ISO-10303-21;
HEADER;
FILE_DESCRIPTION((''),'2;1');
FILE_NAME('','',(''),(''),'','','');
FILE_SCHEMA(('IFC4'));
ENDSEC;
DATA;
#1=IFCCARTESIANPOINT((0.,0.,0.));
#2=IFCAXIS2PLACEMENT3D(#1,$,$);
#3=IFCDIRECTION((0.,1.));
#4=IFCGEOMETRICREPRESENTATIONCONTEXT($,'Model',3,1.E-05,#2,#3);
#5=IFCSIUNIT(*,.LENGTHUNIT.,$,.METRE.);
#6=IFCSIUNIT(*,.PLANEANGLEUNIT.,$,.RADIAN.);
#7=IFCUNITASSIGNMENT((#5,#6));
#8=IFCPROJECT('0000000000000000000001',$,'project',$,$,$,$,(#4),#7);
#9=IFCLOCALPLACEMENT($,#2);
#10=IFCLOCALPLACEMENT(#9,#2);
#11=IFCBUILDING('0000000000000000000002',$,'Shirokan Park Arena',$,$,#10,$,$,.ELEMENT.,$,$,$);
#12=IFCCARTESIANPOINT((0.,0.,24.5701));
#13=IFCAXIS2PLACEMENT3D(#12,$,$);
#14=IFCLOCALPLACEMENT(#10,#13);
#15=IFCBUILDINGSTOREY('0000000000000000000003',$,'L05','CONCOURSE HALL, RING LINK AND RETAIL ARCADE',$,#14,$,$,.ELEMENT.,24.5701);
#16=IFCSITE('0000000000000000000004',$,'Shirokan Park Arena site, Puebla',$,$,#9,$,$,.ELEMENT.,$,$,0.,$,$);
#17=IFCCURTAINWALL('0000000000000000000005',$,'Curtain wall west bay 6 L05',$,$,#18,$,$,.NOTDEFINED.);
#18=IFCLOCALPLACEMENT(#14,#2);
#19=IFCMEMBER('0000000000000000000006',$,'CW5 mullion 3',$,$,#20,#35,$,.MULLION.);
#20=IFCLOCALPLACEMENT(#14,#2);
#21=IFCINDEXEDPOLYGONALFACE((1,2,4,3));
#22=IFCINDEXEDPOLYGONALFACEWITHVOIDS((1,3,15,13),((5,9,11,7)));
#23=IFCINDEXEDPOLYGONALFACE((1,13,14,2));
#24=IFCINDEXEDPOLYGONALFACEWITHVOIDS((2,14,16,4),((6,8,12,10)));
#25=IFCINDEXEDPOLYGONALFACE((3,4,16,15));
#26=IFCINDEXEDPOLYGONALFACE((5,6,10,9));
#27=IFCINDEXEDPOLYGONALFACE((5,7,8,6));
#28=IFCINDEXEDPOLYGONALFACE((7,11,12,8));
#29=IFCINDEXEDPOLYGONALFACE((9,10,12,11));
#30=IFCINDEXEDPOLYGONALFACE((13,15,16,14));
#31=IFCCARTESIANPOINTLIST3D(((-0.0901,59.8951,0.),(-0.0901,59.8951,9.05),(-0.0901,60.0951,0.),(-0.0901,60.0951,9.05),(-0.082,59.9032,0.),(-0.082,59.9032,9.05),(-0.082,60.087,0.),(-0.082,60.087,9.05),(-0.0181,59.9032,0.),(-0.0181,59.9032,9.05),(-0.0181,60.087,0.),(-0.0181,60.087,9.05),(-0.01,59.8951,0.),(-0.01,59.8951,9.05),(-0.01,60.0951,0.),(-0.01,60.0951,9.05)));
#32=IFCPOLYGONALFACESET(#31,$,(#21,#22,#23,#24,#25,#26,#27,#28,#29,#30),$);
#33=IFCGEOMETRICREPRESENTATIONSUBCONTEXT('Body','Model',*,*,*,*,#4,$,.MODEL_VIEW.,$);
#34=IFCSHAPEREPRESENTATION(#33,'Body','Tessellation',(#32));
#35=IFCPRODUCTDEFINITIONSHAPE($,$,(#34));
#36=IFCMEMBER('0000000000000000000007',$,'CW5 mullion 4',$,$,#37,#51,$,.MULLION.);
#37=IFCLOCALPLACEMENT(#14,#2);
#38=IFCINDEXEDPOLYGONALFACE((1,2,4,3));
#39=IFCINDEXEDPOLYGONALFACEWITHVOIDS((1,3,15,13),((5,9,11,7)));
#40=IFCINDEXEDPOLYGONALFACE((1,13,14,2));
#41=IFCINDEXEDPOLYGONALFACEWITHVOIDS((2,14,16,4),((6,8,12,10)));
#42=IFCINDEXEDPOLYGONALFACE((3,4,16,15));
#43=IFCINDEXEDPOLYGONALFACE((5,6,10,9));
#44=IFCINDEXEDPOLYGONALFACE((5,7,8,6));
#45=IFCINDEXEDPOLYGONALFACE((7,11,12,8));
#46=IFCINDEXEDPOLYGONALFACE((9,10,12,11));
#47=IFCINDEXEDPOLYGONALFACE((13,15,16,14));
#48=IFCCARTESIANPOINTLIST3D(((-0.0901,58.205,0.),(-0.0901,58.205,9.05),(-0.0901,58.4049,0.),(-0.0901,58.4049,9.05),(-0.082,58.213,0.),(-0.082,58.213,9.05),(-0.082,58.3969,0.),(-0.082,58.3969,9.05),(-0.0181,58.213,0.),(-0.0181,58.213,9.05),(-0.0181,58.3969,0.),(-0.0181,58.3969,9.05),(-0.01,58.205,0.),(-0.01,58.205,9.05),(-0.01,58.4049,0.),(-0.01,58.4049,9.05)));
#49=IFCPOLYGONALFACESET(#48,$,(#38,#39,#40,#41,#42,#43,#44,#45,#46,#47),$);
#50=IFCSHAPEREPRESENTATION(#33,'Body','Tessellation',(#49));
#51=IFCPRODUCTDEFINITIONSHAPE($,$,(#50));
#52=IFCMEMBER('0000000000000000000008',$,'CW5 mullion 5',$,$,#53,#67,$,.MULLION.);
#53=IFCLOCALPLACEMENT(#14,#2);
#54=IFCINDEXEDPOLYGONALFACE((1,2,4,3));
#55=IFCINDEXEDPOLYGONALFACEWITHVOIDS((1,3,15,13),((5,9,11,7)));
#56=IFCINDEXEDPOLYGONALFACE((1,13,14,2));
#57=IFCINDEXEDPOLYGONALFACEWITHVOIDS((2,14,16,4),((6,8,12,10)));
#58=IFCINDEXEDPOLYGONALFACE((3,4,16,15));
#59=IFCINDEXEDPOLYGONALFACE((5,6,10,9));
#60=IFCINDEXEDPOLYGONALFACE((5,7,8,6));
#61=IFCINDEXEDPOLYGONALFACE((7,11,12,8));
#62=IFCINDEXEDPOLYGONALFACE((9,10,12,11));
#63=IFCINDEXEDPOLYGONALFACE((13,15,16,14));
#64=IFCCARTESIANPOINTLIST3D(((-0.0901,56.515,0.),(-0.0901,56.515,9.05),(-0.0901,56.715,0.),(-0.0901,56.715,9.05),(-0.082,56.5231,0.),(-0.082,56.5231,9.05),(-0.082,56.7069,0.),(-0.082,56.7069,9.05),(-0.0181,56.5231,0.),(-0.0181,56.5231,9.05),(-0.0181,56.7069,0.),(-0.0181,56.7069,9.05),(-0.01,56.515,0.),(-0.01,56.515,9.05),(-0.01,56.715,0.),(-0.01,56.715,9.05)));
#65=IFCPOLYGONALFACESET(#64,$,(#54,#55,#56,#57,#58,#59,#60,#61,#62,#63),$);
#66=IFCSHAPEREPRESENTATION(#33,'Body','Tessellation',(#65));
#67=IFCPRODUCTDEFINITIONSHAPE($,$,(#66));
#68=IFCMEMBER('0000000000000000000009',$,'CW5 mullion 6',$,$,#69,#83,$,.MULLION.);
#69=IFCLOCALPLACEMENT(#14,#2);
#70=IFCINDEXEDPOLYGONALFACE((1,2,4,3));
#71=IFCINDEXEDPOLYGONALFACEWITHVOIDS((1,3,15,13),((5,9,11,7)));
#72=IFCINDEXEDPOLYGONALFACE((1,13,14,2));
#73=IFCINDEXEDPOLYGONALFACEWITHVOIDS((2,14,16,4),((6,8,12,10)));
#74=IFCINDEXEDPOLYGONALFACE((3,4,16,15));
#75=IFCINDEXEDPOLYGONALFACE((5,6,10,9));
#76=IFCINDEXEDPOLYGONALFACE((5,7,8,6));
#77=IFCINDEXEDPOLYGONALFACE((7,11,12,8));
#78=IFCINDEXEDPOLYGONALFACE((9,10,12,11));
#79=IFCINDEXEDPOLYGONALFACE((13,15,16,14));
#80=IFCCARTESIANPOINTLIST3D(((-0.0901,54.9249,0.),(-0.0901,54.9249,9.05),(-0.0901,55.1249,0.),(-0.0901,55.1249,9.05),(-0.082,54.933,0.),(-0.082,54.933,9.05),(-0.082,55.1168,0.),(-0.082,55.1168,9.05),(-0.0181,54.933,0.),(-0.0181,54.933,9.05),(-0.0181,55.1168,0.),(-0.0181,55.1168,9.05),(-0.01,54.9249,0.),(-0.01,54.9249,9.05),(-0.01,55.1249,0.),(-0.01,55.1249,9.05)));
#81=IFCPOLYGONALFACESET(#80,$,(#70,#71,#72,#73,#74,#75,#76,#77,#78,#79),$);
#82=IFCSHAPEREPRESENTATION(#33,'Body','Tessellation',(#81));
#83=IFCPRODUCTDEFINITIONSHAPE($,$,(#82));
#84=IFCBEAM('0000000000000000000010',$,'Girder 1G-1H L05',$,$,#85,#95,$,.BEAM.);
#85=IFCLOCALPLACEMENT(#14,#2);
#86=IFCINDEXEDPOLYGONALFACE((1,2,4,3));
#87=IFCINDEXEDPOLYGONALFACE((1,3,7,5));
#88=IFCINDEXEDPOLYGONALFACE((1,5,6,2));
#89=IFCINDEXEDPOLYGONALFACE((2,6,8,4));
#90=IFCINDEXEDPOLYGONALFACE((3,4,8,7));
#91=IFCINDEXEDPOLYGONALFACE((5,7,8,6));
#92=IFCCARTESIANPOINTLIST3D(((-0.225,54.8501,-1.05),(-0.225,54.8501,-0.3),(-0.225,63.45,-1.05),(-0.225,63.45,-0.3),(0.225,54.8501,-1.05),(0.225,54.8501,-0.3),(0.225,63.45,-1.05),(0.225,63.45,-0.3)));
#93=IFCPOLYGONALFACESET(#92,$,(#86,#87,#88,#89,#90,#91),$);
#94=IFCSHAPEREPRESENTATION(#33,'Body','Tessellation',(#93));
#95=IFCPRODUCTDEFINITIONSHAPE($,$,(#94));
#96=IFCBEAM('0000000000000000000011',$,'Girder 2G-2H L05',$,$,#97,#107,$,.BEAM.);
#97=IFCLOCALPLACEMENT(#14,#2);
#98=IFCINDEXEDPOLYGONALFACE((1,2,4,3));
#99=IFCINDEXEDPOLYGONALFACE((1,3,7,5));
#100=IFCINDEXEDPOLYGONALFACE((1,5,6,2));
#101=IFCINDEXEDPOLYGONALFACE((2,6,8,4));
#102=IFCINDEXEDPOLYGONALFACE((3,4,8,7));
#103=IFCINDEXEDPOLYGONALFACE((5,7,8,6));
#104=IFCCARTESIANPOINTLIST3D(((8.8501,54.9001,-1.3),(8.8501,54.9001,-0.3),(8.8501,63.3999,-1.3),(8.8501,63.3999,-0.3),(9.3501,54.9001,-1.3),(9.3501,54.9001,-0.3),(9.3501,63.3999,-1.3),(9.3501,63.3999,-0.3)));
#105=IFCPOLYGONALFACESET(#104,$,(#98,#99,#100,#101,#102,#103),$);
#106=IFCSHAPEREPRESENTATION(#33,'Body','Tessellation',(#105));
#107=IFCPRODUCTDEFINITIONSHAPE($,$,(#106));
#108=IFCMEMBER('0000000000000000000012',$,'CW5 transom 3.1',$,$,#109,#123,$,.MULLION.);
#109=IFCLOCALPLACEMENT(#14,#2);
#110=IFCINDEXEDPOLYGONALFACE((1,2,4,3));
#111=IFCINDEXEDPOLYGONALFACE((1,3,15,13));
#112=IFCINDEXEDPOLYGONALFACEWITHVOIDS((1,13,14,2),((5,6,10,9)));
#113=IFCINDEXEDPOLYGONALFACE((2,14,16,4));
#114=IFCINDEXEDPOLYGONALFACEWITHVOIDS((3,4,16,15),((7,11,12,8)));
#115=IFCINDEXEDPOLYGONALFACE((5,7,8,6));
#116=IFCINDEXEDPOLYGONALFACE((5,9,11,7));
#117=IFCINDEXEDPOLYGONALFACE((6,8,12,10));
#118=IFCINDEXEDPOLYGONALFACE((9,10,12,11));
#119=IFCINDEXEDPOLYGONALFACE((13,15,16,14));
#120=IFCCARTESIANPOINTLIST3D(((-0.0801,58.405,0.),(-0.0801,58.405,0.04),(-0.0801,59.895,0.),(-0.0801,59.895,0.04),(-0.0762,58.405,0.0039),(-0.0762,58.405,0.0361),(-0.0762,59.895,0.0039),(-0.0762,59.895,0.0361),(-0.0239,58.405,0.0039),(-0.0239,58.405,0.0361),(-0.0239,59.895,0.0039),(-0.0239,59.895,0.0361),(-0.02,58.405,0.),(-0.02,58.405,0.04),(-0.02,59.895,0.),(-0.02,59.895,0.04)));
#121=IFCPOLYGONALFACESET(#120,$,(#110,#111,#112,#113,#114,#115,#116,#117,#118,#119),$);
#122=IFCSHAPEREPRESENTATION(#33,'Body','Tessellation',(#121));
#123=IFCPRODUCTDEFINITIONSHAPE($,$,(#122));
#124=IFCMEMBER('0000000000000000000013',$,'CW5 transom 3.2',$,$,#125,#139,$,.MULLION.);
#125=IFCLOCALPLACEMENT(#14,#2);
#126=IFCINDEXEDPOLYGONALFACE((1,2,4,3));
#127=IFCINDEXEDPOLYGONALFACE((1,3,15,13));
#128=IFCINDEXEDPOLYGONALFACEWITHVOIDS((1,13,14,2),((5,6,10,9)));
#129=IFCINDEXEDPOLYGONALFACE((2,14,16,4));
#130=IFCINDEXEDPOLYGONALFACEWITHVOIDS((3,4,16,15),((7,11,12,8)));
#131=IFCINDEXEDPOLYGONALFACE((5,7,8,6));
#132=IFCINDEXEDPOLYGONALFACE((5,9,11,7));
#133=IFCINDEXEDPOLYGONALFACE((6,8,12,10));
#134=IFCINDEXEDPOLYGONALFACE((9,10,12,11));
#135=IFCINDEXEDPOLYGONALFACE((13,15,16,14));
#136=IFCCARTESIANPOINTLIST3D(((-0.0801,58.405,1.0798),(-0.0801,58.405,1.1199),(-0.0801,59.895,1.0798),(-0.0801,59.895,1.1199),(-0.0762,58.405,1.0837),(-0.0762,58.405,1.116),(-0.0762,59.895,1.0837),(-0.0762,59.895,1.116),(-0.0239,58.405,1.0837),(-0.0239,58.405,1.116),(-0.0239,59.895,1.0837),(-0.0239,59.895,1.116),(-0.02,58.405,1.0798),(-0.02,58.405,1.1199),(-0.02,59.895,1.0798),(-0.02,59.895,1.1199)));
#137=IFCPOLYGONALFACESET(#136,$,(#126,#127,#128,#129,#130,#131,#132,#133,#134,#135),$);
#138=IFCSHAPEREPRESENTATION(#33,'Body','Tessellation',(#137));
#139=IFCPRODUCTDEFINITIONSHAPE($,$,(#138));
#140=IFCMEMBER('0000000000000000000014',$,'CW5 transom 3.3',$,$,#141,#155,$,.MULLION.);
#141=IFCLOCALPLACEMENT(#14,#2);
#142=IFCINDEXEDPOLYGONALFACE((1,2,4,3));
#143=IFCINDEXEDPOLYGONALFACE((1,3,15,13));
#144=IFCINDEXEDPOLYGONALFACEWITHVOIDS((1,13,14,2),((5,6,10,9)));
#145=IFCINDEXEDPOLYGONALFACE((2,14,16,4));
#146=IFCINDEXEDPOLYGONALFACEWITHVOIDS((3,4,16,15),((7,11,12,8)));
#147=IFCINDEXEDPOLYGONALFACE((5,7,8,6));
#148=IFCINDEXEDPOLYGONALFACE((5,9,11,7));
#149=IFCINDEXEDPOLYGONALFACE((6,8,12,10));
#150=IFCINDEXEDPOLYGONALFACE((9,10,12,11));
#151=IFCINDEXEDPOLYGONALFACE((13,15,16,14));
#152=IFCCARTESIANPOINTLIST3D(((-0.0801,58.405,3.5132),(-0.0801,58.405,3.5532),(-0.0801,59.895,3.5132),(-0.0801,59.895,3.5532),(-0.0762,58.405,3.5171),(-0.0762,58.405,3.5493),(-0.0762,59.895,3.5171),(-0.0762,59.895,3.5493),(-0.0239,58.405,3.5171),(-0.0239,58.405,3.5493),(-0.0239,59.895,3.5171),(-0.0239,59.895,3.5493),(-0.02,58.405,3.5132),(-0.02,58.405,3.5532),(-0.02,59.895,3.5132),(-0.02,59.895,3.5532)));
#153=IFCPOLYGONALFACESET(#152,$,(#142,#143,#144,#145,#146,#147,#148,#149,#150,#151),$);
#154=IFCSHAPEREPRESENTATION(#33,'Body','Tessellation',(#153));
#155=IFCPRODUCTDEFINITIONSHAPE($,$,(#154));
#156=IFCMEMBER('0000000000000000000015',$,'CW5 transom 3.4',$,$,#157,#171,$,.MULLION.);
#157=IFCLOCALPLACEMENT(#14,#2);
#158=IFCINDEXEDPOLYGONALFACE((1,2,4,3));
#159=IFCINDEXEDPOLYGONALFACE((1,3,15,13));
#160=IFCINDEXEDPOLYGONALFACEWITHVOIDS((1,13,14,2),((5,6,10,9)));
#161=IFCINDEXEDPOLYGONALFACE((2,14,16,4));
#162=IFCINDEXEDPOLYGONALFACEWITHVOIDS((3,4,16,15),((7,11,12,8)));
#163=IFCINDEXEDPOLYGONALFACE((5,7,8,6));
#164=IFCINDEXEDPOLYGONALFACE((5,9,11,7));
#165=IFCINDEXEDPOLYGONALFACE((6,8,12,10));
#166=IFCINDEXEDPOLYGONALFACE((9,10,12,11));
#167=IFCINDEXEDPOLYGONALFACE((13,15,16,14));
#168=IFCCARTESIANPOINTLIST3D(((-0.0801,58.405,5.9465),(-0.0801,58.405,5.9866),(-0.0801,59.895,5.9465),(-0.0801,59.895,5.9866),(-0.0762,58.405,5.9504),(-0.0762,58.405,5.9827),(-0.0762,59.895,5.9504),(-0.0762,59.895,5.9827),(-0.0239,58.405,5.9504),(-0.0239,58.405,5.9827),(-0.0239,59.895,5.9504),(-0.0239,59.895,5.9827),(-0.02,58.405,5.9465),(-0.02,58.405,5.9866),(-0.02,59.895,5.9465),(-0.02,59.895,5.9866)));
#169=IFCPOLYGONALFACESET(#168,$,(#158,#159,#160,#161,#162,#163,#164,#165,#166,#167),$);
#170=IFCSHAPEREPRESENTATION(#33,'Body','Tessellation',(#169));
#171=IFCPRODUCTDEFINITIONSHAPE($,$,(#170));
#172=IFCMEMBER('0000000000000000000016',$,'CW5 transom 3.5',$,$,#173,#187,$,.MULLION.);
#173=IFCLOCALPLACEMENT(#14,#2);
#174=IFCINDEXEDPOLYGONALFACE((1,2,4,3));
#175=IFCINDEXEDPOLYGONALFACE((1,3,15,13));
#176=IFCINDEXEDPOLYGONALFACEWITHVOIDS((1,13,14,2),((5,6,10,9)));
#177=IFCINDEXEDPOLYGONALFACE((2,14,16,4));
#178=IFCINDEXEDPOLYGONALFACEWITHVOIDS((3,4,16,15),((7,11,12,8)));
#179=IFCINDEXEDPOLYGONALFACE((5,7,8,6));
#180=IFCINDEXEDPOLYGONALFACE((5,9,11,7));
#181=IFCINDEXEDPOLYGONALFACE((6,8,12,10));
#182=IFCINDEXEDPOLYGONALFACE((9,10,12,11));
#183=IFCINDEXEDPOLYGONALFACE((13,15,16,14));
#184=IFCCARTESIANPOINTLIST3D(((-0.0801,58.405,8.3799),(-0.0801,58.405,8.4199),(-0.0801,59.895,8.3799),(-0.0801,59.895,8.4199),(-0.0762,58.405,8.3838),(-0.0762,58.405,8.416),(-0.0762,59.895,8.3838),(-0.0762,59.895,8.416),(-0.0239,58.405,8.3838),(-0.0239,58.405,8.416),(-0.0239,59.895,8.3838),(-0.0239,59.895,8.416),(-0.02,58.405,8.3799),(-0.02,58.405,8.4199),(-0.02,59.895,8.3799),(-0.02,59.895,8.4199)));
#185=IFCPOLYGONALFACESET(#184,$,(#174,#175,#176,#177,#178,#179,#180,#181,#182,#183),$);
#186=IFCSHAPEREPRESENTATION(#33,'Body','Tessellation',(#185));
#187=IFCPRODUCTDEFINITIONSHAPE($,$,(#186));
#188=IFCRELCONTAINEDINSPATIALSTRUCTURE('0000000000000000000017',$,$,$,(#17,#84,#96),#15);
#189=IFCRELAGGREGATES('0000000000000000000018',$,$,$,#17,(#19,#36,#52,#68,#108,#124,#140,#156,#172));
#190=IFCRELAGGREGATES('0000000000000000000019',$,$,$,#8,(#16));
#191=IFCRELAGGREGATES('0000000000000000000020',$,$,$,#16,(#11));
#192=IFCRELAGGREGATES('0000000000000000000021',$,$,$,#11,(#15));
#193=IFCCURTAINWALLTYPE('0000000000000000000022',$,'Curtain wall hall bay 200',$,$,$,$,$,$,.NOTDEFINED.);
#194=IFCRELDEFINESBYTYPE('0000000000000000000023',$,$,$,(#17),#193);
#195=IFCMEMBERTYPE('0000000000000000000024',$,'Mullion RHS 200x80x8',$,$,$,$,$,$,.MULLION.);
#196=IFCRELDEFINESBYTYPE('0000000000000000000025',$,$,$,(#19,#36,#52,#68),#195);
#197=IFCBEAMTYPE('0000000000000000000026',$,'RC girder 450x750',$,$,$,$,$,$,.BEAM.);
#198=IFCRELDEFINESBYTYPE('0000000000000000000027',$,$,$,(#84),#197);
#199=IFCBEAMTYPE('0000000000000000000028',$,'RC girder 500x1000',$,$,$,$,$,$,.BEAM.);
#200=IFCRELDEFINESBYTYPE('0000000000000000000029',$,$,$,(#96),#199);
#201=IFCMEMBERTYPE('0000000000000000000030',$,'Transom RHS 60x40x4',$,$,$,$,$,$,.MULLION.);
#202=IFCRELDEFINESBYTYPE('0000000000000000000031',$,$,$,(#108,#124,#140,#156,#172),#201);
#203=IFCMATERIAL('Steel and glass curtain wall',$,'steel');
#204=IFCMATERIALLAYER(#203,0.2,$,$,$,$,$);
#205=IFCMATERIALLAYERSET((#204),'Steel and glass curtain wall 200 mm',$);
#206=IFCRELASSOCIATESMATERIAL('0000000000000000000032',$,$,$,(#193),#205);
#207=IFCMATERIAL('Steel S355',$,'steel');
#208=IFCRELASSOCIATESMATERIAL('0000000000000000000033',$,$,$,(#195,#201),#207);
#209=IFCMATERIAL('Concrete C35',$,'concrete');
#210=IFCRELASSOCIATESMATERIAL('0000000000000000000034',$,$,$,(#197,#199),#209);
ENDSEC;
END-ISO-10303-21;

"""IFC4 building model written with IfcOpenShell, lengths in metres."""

from ifc_helpers import new_model, si_unit, direction, frame, origin, origin_2d, place, context, subcontext, project, spatial, rectangle, hollow_rectangle, extrude, material, layer, layer_set, material_profile, profile_set, type_object, element, aggregate, save


model = new_model("IFC4")

# Units and contexts
model_context = context("Model", 3, precision=1e-05, world=origin(), true_north=direction((0.0, 1.0)))
body_context = subcontext(model_context, "Body", "Model", "MODEL_VIEW")
ifc_project = project(units=[si_unit("LENGTHUNIT", "METRE"), si_unit("PLANEANGLEUNIT", "RADIAN")], contexts=[model_context])

# Site, building, storey
site_placement = place(None, origin())
site = spatial("IfcSite", under=ifc_project, at=site_placement, Name="Shirokan Park Arena site, Puebla", CompositionType="ELEMENT", RefElevation=0.0)
building_placement = place(site_placement, origin())
building = spatial("IfcBuilding", under=site, at=building_placement, Name="Shirokan Park Arena", CompositionType="ELEMENT")
storey_placement = place(building_placement, frame((0.0, 0.0, 24.5701)))
storey = spatial("IfcBuildingStorey", under=building, at=storey_placement, Name="L05", Description="CONCOURSE HALL, RING LINK AND RETAIL ARCADE", CompositionType="ELEMENT", Elevation=24.5701)

# Curtain wall, members
ifc_material_1 = material(Name="Steel and glass curtain wall", Category="steel")
ifc_layer_1 = layer(ifc_material_1, 0.2)
ifc_layer_set_1 = layer_set([ifc_layer_1], Name="Steel and glass curtain wall 200 mm")
curtain_wall_type = type_object("IfcCurtainWallType", Name="Curtain wall hall bay 200", PredefinedType="NOTDEFINED", material=ifc_layer_set_1)
curtain_wall_placement = place(storey_placement, origin())
curtain_wall = element("IfcCurtainWall", 1, at=curtain_wall_placement, inside=storey, type_object=curtain_wall_type, Name="Curtain wall west bay 6 L05", PredefinedType="NOTDEFINED")
ifc_material_2 = material(Name="Steel S355", Category="steel")
ifc_material_profile_1 = material_profile(ifc_material_2, hollow_rectangle(XDim=0.0801, YDim=0.2, WallThickness=0.0081, at=origin_2d()), Name="RHS 200x80x8")
ifc_profile_set_1 = profile_set([ifc_material_profile_1], Name="Steel S355")
member_type_1 = type_object("IfcMemberType", Name="Mullion RHS 200x80x8", PredefinedType="MULLION", material=ifc_profile_set_1)
member_1_placement = place(storey_placement, frame((-0.05, 59.9951, 0.0), z_axis=(0.0, 0.0, 1.0), x_axis=(1.0, 0.0, 0.0)))
member_1 = element("IfcMember", 2, at=member_1_placement, type_object=member_type_1, Name="CW5 mullion 3", PredefinedType="MULLION", context=body_context, shape_type="SweptSolid", body=[
    extrude(hollow_rectangle(XDim=0.0801, YDim=0.2, WallThickness=0.0081, at=origin_2d()), origin(), (0.0, 0.0, 1.0), 9.05),
])
member_2_placement = place(storey_placement, frame((-0.05, 58.3049, 0.0), z_axis=(0.0, 0.0, 1.0), x_axis=(1.0, 0.0, 0.0)))
member_2 = element("IfcMember", 3, at=member_2_placement, type_object=member_type_1, Name="CW5 mullion 4", PredefinedType="MULLION", context=body_context, shape_type="SweptSolid", body=[
    extrude(hollow_rectangle(XDim=0.0801, YDim=0.2, WallThickness=0.0081, at=origin_2d()), origin(), (0.0, 0.0, 1.0), 9.05),
])
member_3_placement = place(storey_placement, frame((-0.05, 56.615, 0.0), z_axis=(0.0, 0.0, 1.0), x_axis=(1.0, 0.0, 0.0)))
member_3 = element("IfcMember", 4, at=member_3_placement, type_object=member_type_1, Name="CW5 mullion 5", PredefinedType="MULLION", context=body_context, shape_type="SweptSolid", body=[
    extrude(hollow_rectangle(XDim=0.0801, YDim=0.2, WallThickness=0.0081, at=origin_2d()), origin(), (0.0, 0.0, 1.0), 9.05),
])
member_4_placement = place(storey_placement, frame((-0.05, 55.0249, 0.0), z_axis=(0.0, 0.0, 1.0), x_axis=(1.0, 0.0, 0.0)))
member_4 = element("IfcMember", 5, at=member_4_placement, type_object=member_type_1, Name="CW5 mullion 6", PredefinedType="MULLION", context=body_context, shape_type="SweptSolid", body=[
    extrude(hollow_rectangle(XDim=0.0801, YDim=0.2, WallThickness=0.0081, at=origin_2d()), origin(), (0.0, 0.0, 1.0), 9.05),
])

# Beams
ifc_material_3 = material(Name="Concrete C35", Category="concrete")
ifc_material_profile_2 = material_profile(ifc_material_3, rectangle(XDim=0.45, YDim=0.75, at=origin_2d()), Name="450x750")
ifc_profile_set_2 = profile_set([ifc_material_profile_2], Name="Concrete C35")
beam_type_1 = type_object("IfcBeamType", Name="RC girder 450x750", PredefinedType="BEAM", material=ifc_profile_set_2)
beam_1_placement = place(storey_placement, frame((0.0, 54.8501, -0.675), z_axis=(0.0, 1.0, 0.0), x_axis=(-1.0, 0.0, 0.0)))
element("IfcBeam", 6, at=beam_1_placement, inside=storey, type_object=beam_type_1, Name="Girder 1G-1H L05", PredefinedType="BEAM", context=body_context, shape_type="SweptSolid", body=[
    extrude(rectangle(XDim=0.45, YDim=0.75, at=origin_2d()), origin(), (0.0, 0.0, 1.0), 8.5999),
])
ifc_material_profile_3 = material_profile(ifc_material_3, rectangle(XDim=0.5, YDim=1.0, at=origin_2d()), Name="500x1000")
ifc_profile_set_3 = profile_set([ifc_material_profile_3], Name="Concrete C35")
beam_type_2 = type_object("IfcBeamType", Name="RC girder 500x1000", PredefinedType="BEAM", material=ifc_profile_set_3)
beam_2_placement = place(storey_placement, frame((9.1001, 54.9001, -0.8), z_axis=(0.0, 1.0, 0.0), x_axis=(-1.0, 0.0, 0.0)))
element("IfcBeam", 7, at=beam_2_placement, inside=storey, type_object=beam_type_2, Name="Girder 2G-2H L05", PredefinedType="BEAM", context=body_context, shape_type="SweptSolid", body=[
    extrude(rectangle(XDim=0.5, YDim=1.0, at=origin_2d()), origin(), (0.0, 0.0, 1.0), 8.4998),
])

# Members
ifc_material_profile_4 = material_profile(ifc_material_2, hollow_rectangle(XDim=0.0601, YDim=0.04, WallThickness=0.0039, at=origin_2d()), Name="RHS 60x40x4")
ifc_profile_set_4 = profile_set([ifc_material_profile_4], Name="Steel S355")
member_type_2 = type_object("IfcMemberType", Name="Transom RHS 60x40x4", PredefinedType="MULLION", material=ifc_profile_set_4)
member_5_placement = place(storey_placement, frame((-0.05, 59.895, 0.02), z_axis=(0.0, -1.0, 0.0), x_axis=(1.0, 0.0, 0.0)))
member_5 = element("IfcMember", 8, at=member_5_placement, type_object=member_type_2, Name="CW5 transom 3.1", PredefinedType="MULLION", context=body_context, shape_type="SweptSolid", body=[
    extrude(hollow_rectangle(XDim=0.0601, YDim=0.04, WallThickness=0.0039, at=origin_2d()), origin(), (0.0, 0.0, 1.0), 1.49),
])
member_6_placement = place(storey_placement, frame((-0.05, 59.895, 1.0999), z_axis=(0.0, -1.0, 0.0), x_axis=(1.0, 0.0, 0.0)))
member_6 = element("IfcMember", 9, at=member_6_placement, type_object=member_type_2, Name="CW5 transom 3.2", PredefinedType="MULLION", context=body_context, shape_type="SweptSolid", body=[
    extrude(hollow_rectangle(XDim=0.0601, YDim=0.04, WallThickness=0.0039, at=origin_2d()), origin(), (0.0, 0.0, 1.0), 1.49),
])
member_7_placement = place(storey_placement, frame((-0.05, 59.895, 3.5332), z_axis=(0.0, -1.0, 0.0), x_axis=(1.0, 0.0, 0.0)))
member_7 = element("IfcMember", 10, at=member_7_placement, type_object=member_type_2, Name="CW5 transom 3.3", PredefinedType="MULLION", context=body_context, shape_type="SweptSolid", body=[
    extrude(hollow_rectangle(XDim=0.0601, YDim=0.04, WallThickness=0.0039, at=origin_2d()), origin(), (0.0, 0.0, 1.0), 1.49),
])
member_8_placement = place(storey_placement, frame((-0.05, 59.895, 5.9666), z_axis=(0.0, -1.0, 0.0), x_axis=(1.0, 0.0, 0.0)))
member_8 = element("IfcMember", 11, at=member_8_placement, type_object=member_type_2, Name="CW5 transom 3.4", PredefinedType="MULLION", context=body_context, shape_type="SweptSolid", body=[
    extrude(hollow_rectangle(XDim=0.0601, YDim=0.04, WallThickness=0.0039, at=origin_2d()), origin(), (0.0, 0.0, 1.0), 1.49),
])
member_9_placement = place(storey_placement, frame((-0.05, 59.895, 8.3999), z_axis=(0.0, -1.0, 0.0), x_axis=(1.0, 0.0, 0.0)))
member_9 = element("IfcMember", 12, at=member_9_placement, type_object=member_type_2, Name="CW5 transom 3.5", PredefinedType="MULLION", context=body_context, shape_type="SweptSolid", body=[
    extrude(hollow_rectangle(XDim=0.0601, YDim=0.04, WallThickness=0.0039, at=origin_2d()), origin(), (0.0, 0.0, 1.0), 1.49),
])

aggregate(curtain_wall, [member_1, member_2, member_3, member_4, member_5, member_6, member_7, member_8, member_9])

save(model, "model.ifc")
